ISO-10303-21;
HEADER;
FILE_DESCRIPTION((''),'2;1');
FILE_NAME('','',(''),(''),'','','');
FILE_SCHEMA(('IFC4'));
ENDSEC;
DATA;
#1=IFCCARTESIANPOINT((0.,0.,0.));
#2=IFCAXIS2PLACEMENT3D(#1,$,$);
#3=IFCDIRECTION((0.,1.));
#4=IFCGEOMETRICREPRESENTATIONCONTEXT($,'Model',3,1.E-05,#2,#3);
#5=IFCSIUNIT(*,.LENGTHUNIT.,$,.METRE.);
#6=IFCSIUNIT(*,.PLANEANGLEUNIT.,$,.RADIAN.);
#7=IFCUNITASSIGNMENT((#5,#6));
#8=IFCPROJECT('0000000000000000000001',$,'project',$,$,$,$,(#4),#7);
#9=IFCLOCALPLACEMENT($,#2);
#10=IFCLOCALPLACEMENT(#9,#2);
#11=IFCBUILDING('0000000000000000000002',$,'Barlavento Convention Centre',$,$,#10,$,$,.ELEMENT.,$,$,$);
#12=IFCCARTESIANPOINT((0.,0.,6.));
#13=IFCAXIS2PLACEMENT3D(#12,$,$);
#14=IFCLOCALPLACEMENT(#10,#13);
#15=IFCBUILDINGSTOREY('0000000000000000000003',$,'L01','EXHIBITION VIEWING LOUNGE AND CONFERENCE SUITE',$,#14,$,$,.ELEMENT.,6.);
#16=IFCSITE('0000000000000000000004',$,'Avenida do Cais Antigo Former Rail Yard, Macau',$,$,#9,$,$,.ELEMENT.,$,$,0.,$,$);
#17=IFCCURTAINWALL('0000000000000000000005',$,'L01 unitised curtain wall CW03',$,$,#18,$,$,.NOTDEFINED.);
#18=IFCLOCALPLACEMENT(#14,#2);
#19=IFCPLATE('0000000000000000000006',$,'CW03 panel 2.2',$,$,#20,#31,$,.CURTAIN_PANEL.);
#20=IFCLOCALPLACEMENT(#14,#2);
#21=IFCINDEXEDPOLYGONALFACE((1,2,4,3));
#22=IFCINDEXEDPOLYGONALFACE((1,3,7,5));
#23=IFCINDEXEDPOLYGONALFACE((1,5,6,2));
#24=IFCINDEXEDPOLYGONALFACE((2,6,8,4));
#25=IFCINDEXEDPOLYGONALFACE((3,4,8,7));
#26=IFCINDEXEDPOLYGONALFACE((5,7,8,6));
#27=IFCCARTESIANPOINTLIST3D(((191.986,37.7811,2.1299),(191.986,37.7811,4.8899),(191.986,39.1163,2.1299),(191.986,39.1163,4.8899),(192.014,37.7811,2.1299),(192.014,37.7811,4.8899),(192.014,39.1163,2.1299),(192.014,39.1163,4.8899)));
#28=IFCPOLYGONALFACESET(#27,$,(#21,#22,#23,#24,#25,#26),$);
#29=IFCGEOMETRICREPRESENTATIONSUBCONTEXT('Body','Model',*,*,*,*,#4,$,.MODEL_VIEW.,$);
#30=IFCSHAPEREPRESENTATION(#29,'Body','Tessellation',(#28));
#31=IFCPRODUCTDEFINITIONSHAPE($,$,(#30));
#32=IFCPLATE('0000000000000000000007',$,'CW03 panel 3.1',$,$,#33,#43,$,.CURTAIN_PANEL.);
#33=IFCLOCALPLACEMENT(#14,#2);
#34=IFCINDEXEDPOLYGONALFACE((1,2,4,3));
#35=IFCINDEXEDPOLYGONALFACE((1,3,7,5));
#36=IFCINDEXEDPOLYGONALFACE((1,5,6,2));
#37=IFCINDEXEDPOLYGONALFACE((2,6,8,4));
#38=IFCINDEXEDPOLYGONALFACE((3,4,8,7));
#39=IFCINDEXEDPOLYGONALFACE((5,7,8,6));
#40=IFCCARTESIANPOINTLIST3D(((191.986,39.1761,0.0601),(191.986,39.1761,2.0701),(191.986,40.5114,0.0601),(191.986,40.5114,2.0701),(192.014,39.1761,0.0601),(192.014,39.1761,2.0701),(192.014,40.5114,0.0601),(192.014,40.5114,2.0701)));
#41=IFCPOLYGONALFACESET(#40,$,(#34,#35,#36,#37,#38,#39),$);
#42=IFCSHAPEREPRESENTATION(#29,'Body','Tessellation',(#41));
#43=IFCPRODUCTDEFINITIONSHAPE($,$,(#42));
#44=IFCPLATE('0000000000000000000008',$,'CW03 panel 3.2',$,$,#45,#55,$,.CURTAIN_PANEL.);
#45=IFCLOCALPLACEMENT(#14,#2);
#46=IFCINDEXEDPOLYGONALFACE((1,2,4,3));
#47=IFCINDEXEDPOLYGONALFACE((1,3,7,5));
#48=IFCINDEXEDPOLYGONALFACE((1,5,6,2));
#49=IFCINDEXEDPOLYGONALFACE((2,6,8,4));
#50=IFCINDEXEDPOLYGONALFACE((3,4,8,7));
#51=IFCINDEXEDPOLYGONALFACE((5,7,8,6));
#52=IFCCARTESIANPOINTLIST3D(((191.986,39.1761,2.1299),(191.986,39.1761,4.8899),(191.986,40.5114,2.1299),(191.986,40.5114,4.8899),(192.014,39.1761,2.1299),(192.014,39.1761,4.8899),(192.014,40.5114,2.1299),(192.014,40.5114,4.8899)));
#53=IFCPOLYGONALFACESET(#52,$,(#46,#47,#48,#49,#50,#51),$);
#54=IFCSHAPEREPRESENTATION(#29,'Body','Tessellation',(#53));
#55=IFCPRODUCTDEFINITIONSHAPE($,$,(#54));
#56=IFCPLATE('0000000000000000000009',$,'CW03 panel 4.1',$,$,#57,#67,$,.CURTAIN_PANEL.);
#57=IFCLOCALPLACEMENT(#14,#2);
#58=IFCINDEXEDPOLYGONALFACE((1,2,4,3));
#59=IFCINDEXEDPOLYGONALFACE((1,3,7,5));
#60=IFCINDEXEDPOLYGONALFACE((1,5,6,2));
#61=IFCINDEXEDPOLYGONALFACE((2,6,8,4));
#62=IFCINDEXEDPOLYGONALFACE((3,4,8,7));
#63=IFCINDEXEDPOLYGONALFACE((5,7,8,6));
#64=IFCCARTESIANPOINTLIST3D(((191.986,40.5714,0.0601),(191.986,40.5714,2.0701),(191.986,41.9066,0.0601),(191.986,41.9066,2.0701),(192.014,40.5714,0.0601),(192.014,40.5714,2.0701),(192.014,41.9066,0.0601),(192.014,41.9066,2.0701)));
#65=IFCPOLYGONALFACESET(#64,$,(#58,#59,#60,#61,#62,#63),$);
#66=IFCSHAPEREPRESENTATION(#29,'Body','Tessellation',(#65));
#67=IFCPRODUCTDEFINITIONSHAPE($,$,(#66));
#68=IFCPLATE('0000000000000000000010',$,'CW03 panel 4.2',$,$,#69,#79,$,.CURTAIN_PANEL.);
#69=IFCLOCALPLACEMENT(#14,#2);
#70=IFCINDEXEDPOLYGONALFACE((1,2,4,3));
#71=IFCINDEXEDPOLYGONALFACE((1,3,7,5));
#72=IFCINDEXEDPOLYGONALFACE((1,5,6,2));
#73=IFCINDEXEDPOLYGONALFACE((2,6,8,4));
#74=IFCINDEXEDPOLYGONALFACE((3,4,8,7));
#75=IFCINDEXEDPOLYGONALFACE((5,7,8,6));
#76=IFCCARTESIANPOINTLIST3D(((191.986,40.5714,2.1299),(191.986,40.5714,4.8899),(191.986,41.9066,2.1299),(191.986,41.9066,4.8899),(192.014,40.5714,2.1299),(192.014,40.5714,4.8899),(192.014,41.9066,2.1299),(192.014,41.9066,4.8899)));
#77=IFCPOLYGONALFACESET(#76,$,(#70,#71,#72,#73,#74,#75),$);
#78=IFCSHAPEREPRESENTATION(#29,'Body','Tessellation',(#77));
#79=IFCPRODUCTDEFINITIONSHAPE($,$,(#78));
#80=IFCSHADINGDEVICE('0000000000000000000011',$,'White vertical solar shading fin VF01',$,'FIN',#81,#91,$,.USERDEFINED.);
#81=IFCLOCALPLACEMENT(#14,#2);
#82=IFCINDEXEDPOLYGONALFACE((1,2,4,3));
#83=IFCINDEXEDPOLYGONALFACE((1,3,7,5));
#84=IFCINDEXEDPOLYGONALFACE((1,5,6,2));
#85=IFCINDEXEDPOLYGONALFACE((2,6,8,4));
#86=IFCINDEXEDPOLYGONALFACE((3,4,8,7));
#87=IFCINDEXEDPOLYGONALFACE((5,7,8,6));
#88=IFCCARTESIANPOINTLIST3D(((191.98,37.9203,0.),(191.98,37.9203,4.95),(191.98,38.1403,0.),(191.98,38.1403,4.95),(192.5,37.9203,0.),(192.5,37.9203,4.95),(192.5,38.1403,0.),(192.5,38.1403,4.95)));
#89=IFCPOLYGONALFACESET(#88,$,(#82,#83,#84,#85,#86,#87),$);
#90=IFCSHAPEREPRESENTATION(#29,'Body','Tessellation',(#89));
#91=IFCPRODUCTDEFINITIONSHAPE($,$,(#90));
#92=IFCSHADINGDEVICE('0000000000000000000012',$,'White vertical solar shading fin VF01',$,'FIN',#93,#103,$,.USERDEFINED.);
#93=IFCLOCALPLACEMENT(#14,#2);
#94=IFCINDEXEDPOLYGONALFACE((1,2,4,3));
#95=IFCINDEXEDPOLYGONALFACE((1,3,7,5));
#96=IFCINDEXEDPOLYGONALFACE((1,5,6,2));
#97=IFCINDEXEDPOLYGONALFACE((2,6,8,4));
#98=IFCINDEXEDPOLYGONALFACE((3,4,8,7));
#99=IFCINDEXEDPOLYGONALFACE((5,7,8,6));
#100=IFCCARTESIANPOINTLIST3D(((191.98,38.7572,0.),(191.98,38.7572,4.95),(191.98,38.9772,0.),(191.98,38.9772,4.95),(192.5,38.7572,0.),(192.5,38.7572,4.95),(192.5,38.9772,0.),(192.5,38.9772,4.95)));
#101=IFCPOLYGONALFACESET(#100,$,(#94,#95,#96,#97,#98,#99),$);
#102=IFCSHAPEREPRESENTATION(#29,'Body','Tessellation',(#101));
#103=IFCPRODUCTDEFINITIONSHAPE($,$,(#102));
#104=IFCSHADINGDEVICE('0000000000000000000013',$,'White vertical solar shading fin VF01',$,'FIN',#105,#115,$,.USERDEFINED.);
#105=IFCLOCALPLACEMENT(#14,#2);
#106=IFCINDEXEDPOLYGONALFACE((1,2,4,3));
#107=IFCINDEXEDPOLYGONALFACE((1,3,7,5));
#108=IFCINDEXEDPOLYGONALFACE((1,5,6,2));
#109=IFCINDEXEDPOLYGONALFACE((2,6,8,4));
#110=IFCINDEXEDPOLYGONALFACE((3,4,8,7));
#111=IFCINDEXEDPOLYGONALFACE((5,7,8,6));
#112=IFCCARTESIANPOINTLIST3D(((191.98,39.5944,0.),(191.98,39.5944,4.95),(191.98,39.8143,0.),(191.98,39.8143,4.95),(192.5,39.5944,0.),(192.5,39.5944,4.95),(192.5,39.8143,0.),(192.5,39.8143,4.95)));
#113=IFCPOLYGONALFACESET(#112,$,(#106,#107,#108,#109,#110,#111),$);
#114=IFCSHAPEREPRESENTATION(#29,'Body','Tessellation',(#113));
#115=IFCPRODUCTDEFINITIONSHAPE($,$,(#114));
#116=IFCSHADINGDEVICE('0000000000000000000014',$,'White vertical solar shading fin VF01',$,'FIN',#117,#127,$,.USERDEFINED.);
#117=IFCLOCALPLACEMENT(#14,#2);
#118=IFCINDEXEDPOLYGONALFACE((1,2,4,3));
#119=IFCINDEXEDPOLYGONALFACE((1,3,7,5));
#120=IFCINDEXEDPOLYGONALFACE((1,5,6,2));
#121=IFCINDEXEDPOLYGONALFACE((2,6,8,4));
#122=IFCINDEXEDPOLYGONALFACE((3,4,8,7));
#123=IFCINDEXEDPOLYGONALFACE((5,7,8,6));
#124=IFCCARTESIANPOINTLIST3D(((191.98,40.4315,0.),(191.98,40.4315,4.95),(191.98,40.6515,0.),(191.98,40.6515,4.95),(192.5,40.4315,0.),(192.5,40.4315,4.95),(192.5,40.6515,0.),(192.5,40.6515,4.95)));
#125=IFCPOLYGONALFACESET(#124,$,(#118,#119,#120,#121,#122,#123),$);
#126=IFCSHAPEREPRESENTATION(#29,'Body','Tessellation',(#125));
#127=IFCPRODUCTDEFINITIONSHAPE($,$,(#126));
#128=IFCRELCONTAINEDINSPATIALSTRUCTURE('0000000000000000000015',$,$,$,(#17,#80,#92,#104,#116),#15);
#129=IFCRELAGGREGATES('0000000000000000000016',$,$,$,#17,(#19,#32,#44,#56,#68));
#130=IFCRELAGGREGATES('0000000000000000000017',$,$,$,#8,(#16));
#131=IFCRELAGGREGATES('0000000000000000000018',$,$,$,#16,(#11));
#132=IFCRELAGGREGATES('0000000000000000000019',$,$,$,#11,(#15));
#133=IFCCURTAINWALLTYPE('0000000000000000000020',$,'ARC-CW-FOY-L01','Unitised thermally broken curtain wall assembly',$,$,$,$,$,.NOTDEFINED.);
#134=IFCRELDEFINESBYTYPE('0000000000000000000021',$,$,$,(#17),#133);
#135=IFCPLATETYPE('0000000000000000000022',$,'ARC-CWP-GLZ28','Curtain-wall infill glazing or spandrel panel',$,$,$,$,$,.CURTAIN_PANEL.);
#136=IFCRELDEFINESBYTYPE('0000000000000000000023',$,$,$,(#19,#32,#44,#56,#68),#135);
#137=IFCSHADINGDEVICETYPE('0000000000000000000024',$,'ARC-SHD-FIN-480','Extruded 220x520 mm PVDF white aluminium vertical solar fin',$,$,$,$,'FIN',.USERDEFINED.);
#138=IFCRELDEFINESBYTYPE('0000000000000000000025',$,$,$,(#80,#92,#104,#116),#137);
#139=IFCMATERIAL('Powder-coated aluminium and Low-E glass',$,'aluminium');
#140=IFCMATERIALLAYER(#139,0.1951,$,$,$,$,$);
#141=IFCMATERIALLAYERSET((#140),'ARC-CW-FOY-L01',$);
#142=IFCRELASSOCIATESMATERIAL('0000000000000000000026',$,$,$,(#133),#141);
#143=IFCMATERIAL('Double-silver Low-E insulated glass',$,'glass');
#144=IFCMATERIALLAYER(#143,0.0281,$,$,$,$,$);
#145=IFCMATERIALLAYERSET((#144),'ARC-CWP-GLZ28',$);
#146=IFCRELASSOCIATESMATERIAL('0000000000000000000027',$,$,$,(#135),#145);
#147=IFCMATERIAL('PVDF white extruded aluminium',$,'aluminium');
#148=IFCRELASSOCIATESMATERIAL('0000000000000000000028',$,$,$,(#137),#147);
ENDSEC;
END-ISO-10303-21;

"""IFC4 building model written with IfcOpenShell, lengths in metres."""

from ifc_helpers import new_model, si_unit, direction, frame, origin, origin_2d, place, context, subcontext, project, spatial, rectangle, extrude, material, layer, layer_set, type_object, element, aggregate, save


model = new_model("IFC4")

# Units and contexts
model_context = context("Model", 3, precision=1e-05, world=origin(), true_north=direction((0.0, 1.0)))
body_context = subcontext(model_context, "Body", "Model", "MODEL_VIEW")
ifc_project = project(units=[si_unit("LENGTHUNIT", "METRE"), si_unit("PLANEANGLEUNIT", "RADIAN")], contexts=[model_context])

# Site, building, storey
site_placement = place(None, origin())
site = spatial("IfcSite", under=ifc_project, at=site_placement, Name="Avenida do Cais Antigo Former Rail Yard, Macau", CompositionType="ELEMENT", RefElevation=0.0)
building_placement = place(site_placement, origin())
building = spatial("IfcBuilding", under=site, at=building_placement, Name="Barlavento Convention Centre", CompositionType="ELEMENT")
storey_placement = place(building_placement, frame((0.0, 0.0, 6.0)))
storey = spatial("IfcBuildingStorey", under=building, at=storey_placement, Name="L01", Description="EXHIBITION VIEWING LOUNGE AND CONFERENCE SUITE", CompositionType="ELEMENT", Elevation=6.0)

# Curtain wall, plates
ifc_material_1 = material(Name="Powder-coated aluminium and Low-E glass", Category="aluminium")
ifc_layer_1 = layer(ifc_material_1, 0.1951)
ifc_layer_set_1 = layer_set([ifc_layer_1], Name="ARC-CW-FOY-L01")
curtain_wall_type = type_object("IfcCurtainWallType", Name="ARC-CW-FOY-L01", Description="Unitised thermally broken curtain wall assembly", PredefinedType="NOTDEFINED", material=ifc_layer_set_1)
curtain_wall_placement = place(storey_placement, origin())
curtain_wall = element("IfcCurtainWall", 1, at=curtain_wall_placement, inside=storey, type_object=curtain_wall_type, Name="L01 unitised curtain wall CW03", PredefinedType="NOTDEFINED")
ifc_material_2 = material(Name="Double-silver Low-E insulated glass", Category="glass")
ifc_layer_2 = layer(ifc_material_2, 0.0281)
ifc_layer_set_2 = layer_set([ifc_layer_2], Name="ARC-CWP-GLZ28")
plate_type = type_object("IfcPlateType", Name="ARC-CWP-GLZ28", Description="Curtain-wall infill glazing or spandrel panel", PredefinedType="CURTAIN_PANEL", material=ifc_layer_set_2)
plate_1_placement = place(storey_placement, frame((192.0, 38.4487, 2.1299), z_axis=(0.0, 0.0, 1.0), x_axis=(0.0, 1.0, 0.0)))
plate_1 = element("IfcPlate", 2, at=plate_1_placement, type_object=plate_type, Name="CW03 panel 2.2", PredefinedType="CURTAIN_PANEL", context=body_context, shape_type="SweptSolid", body=[
    extrude(rectangle(XDim=1.3352, YDim=0.0281, at=origin_2d()), origin(), (0.0, 0.0, 1.0), 2.76),
])
plate_2_placement = place(storey_placement, frame((192.0, 39.8438, 0.0601), z_axis=(0.0, 0.0, 1.0), x_axis=(0.0, 1.0, 0.0)))
plate_2 = element("IfcPlate", 3, at=plate_2_placement, type_object=plate_type, Name="CW03 panel 3.1", PredefinedType="CURTAIN_PANEL", context=body_context, shape_type="SweptSolid", body=[
    extrude(rectangle(XDim=1.3352, YDim=0.0281, at=origin_2d()), origin(), (0.0, 0.0, 1.0), 2.01),
])
plate_3_placement = place(storey_placement, frame((192.0, 39.8438, 2.1299), z_axis=(0.0, 0.0, 1.0), x_axis=(0.0, 1.0, 0.0)))
plate_3 = element("IfcPlate", 4, at=plate_3_placement, type_object=plate_type, Name="CW03 panel 3.2", PredefinedType="CURTAIN_PANEL", context=body_context, shape_type="SweptSolid", body=[
    extrude(rectangle(XDim=1.3352, YDim=0.0281, at=origin_2d()), origin(), (0.0, 0.0, 1.0), 2.76),
])
plate_4_placement = place(storey_placement, frame((192.0, 41.239, 0.0601), z_axis=(0.0, 0.0, 1.0), x_axis=(0.0, 1.0, 0.0)))
plate_4 = element("IfcPlate", 5, at=plate_4_placement, type_object=plate_type, Name="CW03 panel 4.1", PredefinedType="CURTAIN_PANEL", context=body_context, shape_type="SweptSolid", body=[
    extrude(rectangle(XDim=1.3352, YDim=0.0281, at=origin_2d()), origin(), (0.0, 0.0, 1.0), 2.01),
])
plate_5_placement = place(storey_placement, frame((192.0, 41.239, 2.1299), z_axis=(0.0, 0.0, 1.0), x_axis=(0.0, 1.0, 0.0)))
plate_5 = element("IfcPlate", 6, at=plate_5_placement, type_object=plate_type, Name="CW03 panel 4.2", PredefinedType="CURTAIN_PANEL", context=body_context, shape_type="SweptSolid", body=[
    extrude(rectangle(XDim=1.3352, YDim=0.0281, at=origin_2d()), origin(), (0.0, 0.0, 1.0), 2.76),
])
aggregate(curtain_wall, [plate_1, plate_2, plate_3, plate_4, plate_5])

# Shading devices
ifc_material_3 = material(Name="PVDF white extruded aluminium", Category="aluminium")
shading_device_type = type_object("IfcShadingDeviceType", Name="ARC-SHD-FIN-480", Description="Extruded 220x520 mm PVDF white aluminium vertical solar fin", ElementType="FIN", PredefinedType="USERDEFINED", material=ifc_material_3)
for number, where, z_axis, x_axis, name in (
    (7, (192.24, 38.0303, 0.0), (0.0, 0.0, 1.0), (0.0, 1.0, 0.0), "White vertical solar shading fin VF01"),
    (8, (192.24, 38.8672, 0.0), (0.0, 0.0, 1.0), (0.0, 1.0, 0.0), "White vertical solar shading fin VF01"),
    (9, (192.24, 39.7043, 0.0), (0.0, 0.0, 1.0), (0.0, 1.0, 0.0), "White vertical solar shading fin VF01"),
    (10, (192.24, 40.5415, 0.0), (0.0, 0.0, 1.0), (0.0, 1.0, 0.0), "White vertical solar shading fin VF01"),
):
    element("IfcShadingDevice", number, at=place(storey_placement, frame(where, z_axis=z_axis, x_axis=x_axis)), inside=storey, type_object=shading_device_type, Name=name, ObjectType="FIN", PredefinedType="USERDEFINED", context=body_context, shape_type="SweptSolid", body=[
        extrude(rectangle(XDim=0.22, YDim=0.52, at=origin_2d()), origin(), (0.0, 0.0, 1.0), 4.95),
    ])

save(model, "model.ifc")
